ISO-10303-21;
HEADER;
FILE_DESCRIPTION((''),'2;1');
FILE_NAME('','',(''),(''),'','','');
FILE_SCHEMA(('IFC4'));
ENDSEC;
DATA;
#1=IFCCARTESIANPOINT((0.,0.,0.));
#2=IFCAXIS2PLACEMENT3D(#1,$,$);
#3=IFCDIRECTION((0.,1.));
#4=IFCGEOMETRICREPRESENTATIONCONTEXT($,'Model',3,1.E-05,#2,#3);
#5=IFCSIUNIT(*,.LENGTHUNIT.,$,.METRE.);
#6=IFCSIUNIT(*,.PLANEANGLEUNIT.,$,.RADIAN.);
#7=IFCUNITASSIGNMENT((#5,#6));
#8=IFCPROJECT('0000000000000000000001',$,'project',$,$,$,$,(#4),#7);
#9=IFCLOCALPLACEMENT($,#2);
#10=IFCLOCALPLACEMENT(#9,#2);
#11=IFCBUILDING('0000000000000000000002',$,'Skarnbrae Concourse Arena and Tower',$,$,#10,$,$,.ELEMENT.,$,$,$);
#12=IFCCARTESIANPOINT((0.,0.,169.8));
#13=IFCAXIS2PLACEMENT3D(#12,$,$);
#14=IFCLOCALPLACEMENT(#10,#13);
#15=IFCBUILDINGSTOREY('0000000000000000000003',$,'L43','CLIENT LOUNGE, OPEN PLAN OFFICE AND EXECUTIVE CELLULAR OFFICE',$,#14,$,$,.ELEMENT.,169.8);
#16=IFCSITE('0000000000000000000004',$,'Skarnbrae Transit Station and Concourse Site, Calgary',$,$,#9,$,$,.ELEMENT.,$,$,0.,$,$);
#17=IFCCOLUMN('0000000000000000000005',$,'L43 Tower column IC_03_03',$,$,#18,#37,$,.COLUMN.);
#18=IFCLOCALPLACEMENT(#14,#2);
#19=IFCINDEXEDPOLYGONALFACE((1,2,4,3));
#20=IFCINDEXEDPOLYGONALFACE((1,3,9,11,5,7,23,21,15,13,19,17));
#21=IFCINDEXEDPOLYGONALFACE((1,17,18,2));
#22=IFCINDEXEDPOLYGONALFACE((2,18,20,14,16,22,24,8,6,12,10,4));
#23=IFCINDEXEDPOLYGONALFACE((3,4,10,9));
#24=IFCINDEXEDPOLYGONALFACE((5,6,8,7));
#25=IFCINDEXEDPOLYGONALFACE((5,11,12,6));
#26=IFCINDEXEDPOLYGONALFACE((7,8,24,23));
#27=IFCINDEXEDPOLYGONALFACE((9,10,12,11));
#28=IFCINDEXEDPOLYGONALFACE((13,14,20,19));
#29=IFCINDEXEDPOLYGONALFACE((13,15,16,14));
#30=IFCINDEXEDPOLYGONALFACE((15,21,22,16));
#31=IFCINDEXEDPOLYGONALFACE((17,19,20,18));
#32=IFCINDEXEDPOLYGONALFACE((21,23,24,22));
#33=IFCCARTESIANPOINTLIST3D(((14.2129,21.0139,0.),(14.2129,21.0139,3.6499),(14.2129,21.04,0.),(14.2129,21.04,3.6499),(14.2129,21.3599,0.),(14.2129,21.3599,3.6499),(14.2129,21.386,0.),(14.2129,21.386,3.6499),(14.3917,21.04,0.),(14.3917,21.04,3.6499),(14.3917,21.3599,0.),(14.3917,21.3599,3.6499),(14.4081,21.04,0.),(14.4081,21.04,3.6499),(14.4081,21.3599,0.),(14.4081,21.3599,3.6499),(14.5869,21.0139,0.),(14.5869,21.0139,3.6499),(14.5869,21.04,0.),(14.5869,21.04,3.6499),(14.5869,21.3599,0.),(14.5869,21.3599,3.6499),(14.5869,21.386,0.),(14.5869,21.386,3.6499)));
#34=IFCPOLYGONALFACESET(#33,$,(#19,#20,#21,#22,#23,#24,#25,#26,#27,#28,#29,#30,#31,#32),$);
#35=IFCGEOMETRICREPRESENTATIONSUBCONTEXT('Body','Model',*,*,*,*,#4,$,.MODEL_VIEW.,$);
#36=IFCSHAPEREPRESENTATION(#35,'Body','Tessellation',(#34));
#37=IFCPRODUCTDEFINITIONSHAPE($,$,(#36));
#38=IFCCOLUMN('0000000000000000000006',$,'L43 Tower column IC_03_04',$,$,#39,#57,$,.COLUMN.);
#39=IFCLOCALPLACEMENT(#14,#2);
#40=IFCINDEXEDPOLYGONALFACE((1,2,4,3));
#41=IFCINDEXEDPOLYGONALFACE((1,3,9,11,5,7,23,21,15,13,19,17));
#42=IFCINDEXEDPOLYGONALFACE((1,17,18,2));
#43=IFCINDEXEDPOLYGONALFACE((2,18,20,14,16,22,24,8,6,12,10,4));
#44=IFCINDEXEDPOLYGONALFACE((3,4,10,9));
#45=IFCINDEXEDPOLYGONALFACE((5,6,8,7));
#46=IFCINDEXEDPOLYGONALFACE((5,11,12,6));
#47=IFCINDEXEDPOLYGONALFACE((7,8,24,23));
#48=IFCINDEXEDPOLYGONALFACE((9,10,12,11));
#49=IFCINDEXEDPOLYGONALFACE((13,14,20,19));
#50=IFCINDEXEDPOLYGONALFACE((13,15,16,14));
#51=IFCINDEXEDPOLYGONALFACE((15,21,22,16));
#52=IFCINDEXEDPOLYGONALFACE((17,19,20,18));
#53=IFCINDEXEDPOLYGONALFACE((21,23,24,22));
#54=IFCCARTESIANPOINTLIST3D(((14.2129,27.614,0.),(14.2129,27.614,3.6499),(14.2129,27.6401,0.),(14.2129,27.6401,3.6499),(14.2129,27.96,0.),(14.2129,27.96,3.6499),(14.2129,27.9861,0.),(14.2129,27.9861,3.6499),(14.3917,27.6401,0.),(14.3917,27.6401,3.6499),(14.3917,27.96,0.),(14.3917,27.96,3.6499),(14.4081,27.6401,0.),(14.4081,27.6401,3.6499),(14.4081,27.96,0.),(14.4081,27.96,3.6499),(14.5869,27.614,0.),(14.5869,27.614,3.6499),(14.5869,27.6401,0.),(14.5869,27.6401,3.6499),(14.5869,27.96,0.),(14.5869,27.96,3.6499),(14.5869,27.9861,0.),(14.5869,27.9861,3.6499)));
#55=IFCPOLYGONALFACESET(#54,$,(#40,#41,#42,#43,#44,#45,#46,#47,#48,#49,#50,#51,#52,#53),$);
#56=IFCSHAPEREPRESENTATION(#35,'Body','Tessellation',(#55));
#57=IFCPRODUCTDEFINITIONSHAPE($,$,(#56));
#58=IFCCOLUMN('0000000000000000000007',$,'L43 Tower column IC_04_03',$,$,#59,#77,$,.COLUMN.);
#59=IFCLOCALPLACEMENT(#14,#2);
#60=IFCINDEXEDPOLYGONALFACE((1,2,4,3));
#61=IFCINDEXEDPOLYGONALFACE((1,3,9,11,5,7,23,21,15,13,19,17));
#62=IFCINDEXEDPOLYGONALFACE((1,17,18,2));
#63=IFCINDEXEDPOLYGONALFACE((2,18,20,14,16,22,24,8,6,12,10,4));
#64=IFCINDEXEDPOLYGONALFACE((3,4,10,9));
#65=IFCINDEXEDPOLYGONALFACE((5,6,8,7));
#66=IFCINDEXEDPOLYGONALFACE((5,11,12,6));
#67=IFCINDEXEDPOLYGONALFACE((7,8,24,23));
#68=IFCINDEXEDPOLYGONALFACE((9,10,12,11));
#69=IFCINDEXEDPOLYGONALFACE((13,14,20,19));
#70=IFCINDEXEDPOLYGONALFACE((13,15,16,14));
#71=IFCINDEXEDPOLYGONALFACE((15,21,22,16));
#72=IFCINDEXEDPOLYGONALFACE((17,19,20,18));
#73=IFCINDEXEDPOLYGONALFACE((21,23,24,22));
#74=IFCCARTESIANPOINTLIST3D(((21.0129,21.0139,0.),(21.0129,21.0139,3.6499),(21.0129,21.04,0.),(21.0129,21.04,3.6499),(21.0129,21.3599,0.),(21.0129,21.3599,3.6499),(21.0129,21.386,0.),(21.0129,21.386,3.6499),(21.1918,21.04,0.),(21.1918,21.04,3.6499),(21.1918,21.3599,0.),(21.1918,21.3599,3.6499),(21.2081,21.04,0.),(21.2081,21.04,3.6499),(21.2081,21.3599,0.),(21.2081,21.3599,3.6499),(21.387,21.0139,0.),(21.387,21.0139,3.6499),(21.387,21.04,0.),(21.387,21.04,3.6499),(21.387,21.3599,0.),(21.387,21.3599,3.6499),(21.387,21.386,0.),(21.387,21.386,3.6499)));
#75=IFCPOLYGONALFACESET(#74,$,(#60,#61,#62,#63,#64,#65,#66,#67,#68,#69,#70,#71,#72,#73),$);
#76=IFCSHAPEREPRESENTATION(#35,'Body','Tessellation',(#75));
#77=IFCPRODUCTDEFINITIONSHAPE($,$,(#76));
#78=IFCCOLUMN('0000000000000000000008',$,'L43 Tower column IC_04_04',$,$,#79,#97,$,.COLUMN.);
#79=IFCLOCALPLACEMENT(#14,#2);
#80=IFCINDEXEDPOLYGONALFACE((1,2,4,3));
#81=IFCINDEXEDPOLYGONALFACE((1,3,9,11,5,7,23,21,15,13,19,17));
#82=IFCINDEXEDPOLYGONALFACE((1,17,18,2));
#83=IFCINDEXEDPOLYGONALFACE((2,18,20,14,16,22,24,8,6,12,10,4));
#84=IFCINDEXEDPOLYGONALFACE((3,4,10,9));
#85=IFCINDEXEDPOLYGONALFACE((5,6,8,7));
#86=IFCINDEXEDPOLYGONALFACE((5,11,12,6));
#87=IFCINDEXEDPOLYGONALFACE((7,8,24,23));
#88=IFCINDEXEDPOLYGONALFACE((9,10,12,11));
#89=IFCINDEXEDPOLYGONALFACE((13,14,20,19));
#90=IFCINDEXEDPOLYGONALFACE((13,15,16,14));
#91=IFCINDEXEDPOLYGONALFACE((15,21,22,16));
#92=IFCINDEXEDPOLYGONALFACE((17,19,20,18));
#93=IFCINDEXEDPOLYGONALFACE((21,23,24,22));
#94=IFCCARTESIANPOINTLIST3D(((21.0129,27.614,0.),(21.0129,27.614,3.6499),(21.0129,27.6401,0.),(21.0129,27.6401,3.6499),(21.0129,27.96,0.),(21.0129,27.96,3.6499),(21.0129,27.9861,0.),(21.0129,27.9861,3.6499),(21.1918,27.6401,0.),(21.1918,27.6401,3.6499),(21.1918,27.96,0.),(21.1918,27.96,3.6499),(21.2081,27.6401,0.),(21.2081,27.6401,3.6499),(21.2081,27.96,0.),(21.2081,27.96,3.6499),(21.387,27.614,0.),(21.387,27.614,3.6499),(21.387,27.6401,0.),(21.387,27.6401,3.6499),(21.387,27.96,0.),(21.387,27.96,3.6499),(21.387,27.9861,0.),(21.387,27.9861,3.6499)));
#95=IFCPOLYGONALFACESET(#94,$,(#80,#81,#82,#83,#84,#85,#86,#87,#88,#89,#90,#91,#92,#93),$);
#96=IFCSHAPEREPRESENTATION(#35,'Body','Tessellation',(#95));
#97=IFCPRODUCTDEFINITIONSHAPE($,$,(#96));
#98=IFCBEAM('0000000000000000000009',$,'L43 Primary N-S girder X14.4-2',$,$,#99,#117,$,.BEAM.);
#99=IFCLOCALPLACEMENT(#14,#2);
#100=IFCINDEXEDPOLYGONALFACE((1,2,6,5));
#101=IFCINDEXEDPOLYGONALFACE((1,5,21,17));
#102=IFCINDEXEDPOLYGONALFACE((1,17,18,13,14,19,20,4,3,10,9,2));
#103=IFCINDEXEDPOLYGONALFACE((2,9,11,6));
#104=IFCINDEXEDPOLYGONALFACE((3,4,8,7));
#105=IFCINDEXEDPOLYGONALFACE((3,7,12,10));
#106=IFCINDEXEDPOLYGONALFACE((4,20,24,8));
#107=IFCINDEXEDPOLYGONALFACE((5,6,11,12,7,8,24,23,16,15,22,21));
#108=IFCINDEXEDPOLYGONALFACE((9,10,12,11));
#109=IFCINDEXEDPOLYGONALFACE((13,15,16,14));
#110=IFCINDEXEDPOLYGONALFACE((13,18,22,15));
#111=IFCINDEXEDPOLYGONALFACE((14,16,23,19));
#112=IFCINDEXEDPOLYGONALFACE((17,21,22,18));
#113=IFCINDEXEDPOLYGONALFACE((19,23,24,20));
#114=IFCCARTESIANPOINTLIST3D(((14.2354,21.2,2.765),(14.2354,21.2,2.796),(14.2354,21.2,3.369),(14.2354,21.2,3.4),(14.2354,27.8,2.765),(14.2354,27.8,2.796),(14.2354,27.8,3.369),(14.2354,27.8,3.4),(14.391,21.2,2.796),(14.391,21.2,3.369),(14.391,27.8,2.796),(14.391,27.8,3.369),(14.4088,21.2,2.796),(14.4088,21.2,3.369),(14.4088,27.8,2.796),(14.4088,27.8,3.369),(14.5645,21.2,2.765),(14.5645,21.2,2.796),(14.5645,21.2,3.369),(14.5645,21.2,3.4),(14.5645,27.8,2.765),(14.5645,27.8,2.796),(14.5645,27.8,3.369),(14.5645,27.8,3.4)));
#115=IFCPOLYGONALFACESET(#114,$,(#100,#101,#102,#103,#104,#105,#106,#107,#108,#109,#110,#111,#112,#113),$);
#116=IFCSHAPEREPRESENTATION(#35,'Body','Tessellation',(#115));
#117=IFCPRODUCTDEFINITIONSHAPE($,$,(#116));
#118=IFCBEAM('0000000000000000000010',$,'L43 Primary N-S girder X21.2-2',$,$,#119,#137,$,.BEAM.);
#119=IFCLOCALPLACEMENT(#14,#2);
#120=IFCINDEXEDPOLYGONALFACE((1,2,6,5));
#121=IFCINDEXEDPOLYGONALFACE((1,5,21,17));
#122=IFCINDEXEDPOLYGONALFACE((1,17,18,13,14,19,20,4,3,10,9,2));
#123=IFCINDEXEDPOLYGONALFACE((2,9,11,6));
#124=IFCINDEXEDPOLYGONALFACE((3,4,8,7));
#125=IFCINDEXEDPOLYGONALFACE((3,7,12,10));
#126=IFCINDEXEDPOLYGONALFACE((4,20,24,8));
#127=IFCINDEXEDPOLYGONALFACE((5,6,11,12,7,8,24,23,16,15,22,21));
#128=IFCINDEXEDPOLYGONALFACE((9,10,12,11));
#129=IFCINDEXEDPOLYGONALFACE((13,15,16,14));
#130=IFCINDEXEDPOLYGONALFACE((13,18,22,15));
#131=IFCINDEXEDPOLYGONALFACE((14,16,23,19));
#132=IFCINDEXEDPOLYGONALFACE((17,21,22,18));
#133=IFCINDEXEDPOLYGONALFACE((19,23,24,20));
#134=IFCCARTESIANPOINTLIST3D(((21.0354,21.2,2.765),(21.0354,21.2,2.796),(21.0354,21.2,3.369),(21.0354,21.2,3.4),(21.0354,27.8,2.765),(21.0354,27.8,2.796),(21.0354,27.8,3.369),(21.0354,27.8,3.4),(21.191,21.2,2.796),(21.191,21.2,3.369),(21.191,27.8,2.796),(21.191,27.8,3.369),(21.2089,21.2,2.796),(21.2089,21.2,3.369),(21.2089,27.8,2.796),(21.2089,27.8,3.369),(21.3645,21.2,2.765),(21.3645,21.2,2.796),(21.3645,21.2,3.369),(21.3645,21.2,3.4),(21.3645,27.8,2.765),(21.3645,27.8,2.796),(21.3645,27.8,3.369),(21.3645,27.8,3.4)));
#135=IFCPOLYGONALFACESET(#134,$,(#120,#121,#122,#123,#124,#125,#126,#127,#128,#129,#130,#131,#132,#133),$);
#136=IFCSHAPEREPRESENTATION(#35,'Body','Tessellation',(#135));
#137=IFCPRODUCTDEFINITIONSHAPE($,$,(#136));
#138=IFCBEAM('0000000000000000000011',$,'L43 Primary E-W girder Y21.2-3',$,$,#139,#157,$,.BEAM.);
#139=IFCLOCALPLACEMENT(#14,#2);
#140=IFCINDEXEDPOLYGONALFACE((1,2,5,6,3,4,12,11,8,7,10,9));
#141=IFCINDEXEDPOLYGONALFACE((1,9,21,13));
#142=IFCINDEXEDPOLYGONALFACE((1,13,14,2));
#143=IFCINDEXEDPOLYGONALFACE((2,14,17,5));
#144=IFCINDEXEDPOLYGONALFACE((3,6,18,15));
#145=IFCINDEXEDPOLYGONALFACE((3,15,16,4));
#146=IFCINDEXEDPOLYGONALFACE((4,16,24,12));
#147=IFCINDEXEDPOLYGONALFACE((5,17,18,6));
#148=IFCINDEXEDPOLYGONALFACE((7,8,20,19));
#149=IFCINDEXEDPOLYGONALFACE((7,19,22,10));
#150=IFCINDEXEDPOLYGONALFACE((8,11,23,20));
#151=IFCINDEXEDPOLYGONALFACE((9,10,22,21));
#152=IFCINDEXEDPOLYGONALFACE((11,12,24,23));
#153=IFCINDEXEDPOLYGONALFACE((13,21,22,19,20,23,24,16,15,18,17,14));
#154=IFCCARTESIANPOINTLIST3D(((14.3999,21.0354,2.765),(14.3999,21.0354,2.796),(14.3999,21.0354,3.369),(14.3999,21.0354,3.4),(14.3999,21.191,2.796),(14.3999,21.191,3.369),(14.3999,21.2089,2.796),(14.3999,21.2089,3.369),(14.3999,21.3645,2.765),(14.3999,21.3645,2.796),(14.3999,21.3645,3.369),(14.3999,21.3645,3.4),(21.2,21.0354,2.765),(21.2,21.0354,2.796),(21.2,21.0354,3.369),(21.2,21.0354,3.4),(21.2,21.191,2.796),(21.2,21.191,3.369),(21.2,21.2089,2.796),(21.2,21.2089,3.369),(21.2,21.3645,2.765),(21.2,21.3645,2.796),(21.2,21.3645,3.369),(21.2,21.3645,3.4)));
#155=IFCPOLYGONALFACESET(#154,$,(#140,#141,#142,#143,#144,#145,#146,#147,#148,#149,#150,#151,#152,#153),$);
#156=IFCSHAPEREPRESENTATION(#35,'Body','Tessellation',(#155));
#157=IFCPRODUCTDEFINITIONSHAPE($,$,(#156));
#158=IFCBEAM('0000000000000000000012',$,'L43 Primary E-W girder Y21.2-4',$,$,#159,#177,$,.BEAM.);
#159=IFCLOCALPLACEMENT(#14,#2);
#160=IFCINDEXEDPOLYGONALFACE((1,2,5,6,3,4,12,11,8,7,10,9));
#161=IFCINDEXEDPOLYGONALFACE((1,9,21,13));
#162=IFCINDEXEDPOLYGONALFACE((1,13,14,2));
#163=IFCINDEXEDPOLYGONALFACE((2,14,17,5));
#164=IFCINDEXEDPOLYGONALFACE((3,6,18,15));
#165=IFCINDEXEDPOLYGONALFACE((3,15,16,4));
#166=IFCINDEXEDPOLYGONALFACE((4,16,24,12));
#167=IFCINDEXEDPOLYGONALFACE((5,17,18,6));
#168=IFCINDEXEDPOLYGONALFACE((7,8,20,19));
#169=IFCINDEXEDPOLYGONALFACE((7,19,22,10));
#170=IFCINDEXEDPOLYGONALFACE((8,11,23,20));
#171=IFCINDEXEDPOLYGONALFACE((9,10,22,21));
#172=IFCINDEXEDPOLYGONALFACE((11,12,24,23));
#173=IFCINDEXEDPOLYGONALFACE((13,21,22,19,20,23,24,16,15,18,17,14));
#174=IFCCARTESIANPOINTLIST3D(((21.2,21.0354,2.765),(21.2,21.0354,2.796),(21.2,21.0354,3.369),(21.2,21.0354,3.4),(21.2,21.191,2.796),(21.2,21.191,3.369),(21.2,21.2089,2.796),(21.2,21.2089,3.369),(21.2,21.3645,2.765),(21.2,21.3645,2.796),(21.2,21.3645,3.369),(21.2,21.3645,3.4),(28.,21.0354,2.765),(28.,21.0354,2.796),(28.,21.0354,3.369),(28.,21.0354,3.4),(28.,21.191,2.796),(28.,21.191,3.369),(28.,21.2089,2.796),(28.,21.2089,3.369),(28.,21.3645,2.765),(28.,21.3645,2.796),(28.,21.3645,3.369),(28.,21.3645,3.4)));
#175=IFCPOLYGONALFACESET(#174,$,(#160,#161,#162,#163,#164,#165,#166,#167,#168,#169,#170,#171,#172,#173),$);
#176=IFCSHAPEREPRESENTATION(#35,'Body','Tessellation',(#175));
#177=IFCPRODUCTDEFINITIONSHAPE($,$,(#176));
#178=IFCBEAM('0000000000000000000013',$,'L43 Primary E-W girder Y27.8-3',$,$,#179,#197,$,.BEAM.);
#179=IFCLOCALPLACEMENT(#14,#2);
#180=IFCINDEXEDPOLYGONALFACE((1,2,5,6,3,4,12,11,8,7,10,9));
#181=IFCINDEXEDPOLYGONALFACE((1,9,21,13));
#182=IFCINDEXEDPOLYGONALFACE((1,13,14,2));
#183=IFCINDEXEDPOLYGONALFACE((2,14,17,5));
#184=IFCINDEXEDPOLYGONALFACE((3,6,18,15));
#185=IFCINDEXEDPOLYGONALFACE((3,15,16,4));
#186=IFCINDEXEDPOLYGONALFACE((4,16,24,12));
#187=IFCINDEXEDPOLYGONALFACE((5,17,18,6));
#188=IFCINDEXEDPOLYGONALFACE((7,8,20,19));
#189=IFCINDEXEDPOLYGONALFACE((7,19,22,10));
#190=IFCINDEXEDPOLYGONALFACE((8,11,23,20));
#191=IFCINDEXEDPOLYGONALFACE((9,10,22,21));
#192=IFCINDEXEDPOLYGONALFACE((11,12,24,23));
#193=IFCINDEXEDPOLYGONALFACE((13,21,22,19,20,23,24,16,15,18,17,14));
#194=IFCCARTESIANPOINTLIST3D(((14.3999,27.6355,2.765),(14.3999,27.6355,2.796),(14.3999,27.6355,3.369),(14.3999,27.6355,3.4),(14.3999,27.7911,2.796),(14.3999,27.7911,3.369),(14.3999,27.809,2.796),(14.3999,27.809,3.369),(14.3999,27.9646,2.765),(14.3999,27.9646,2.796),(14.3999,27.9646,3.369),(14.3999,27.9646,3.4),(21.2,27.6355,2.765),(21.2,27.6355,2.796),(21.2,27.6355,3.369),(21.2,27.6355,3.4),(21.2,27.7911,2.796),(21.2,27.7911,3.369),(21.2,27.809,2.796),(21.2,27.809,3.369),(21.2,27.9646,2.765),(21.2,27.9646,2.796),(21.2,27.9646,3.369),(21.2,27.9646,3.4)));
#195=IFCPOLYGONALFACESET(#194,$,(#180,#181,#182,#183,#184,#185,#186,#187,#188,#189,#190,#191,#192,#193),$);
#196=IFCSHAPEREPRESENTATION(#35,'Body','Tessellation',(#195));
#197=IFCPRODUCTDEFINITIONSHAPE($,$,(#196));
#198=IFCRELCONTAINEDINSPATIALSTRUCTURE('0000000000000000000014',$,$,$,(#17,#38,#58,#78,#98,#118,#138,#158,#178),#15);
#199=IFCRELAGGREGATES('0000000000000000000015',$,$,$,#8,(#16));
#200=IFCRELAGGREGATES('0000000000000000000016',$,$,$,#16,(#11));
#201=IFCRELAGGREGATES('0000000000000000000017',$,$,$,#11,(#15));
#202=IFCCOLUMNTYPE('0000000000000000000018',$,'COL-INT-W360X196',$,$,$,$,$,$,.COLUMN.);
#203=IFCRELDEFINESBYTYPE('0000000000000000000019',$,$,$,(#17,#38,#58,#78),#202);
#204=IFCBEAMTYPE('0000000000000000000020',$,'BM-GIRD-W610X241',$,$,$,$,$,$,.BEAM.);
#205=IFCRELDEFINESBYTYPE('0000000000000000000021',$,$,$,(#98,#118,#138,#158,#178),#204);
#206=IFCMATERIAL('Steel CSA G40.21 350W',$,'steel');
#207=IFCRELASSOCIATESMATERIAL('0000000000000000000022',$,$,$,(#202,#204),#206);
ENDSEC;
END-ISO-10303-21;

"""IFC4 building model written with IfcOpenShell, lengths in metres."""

from ifc_helpers import new_model, si_unit, direction, frame, origin, origin_2d, place, context, subcontext, project, spatial, i_section, extrude, source, transform, mapped, material, material_profile, profile_set, type_object, element, save


model = new_model("IFC4")

# Units and contexts
model_context = context("Model", 3, precision=1e-05, world=origin(), true_north=direction((0.0, 1.0)))
body_context = subcontext(model_context, "Body", "Model", "MODEL_VIEW")
ifc_project = project(units=[si_unit("LENGTHUNIT", "METRE"), si_unit("PLANEANGLEUNIT", "RADIAN")], contexts=[model_context])

# Site, building, storey
site_placement = place(None, origin())
site = spatial("IfcSite", under=ifc_project, at=site_placement, Name="Skarnbrae Transit Station and Concourse Site, Calgary", CompositionType="ELEMENT", RefElevation=0.0)
building_placement = place(site_placement, origin())
building = spatial("IfcBuilding", under=site, at=building_placement, Name="Skarnbrae Concourse Arena and Tower", CompositionType="ELEMENT")
storey_placement = place(building_placement, frame((0.0, 0.0, 169.8)))
storey = spatial("IfcBuildingStorey", under=building, at=storey_placement, Name="L43", Description="CLIENT LOUNGE, OPEN PLAN OFFICE AND EXECUTIVE CELLULAR OFFICE", CompositionType="ELEMENT", Elevation=169.8)

# Columns
ifc_material = material(Name="Steel CSA G40.21 350W", Category="steel")
ifc_material_profile_1 = material_profile(ifc_material, i_section(OverallWidth=0.374, OverallDepth=0.3721, WebThickness=0.0164, FlangeThickness=0.0261, at=origin_2d()), Name="W360X196")
ifc_profile_set_1 = profile_set([ifc_material_profile_1], Name="Steel CSA G40.21 350W")
column_type = type_object("IfcColumnType", Name="COL-INT-W360X196", PredefinedType="COLUMN", material=ifc_profile_set_1)
shared_shape_1 = source(origin(), body_context, "Body", "SweptSolid", [
    extrude(i_section(OverallWidth=0.374, OverallDepth=0.3721, WebThickness=0.0164, FlangeThickness=0.0261, at=origin_2d()), origin(), (0.0, 0.0, 1.0), 3.6499),
])
for number, where, z_axis, x_axis, name in (
    (1, (14.3999, 21.2, 0.0), (0.0, 0.0, 1.0), (1.0, 0.0, 0.0), "L43 Tower column IC_03_03"),
    (2, (14.3999, 27.8, 0.0), (0.0, 0.0, 1.0), (1.0, 0.0, 0.0), "L43 Tower column IC_03_04"),
    (3, (21.2, 21.2, 0.0), (0.0, 0.0, 1.0), (1.0, 0.0, 0.0), "L43 Tower column IC_04_03"),
    (4, (21.2, 27.8, 0.0), (0.0, 0.0, 1.0), (1.0, 0.0, 0.0), "L43 Tower column IC_04_04"),
):
    element("IfcColumn", number, at=place(storey_placement, frame(where, z_axis=z_axis, x_axis=x_axis)), inside=storey, type_object=column_type, Name=name, PredefinedType="COLUMN", context=body_context, shape_type="MappedRepresentation", body=[
        mapped(shared_shape_1, transform((0.0, 0.0, 0.0))),
    ])

# Beams
ifc_material_profile_2 = material_profile(ifc_material, i_section(OverallWidth=0.3291, OverallDepth=0.635, WebThickness=0.0178, FlangeThickness=0.031, at=origin_2d()), Name="W610X241")
ifc_profile_set_2 = profile_set([ifc_material_profile_2], Name="Steel CSA G40.21 350W")
beam_type_1 = type_object("IfcBeamType", Name="BM-GIRD-W610X241", PredefinedType="BEAM", material=ifc_profile_set_2)
shared_shape_2 = source(origin(), body_context, "Body", "SweptSolid", [
    extrude(i_section(OverallWidth=0.3291, OverallDepth=0.635, WebThickness=0.0178, FlangeThickness=0.031, at=origin_2d()), origin(), (0.0, 0.0, 1.0), 6.6001),
])
for number, where, z_axis, x_axis, name in (
    (5, (14.3999, 21.2, 3.0825), (0.0, 1.0, 0.0), (-1.0, 0.0, 0.0), "L43 Primary N-S girder X14.4-2"),
    (6, (21.2, 21.2, 3.0825), (0.0, 1.0, 0.0), (-1.0, 0.0, 0.0), "L43 Primary N-S girder X21.2-2"),
):
    element("IfcBeam", number, at=place(storey_placement, frame(where, z_axis=z_axis, x_axis=x_axis)), inside=storey, type_object=beam_type_1, Name=name, PredefinedType="BEAM", context=body_context, shape_type="MappedRepresentation", body=[
        mapped(shared_shape_2, transform((0.0, 0.0, 0.0))),
    ])
shared_shape_3 = source(origin(), body_context, "Body", "SweptSolid", [
    extrude(i_section(OverallWidth=0.3291, OverallDepth=0.635, WebThickness=0.0178, FlangeThickness=0.031, at=origin_2d()), origin(), (0.0, 0.0, 1.0), 6.8),
])
for number, where, z_axis, x_axis, name in (
    (7, (14.3999, 21.2, 3.0825), (1.0, 0.0, 0.0), (0.0, 1.0, 0.0), "L43 Primary E-W girder Y21.2-3"),
    (8, (21.2, 21.2, 3.0825), (1.0, 0.0, 0.0), (0.0, 1.0, 0.0), "L43 Primary E-W girder Y21.2-4"),
    (9, (14.3999, 27.8, 3.0825), (1.0, 0.0, 0.0), (0.0, 1.0, 0.0), "L43 Primary E-W girder Y27.8-3"),
):
    element("IfcBeam", number, at=place(storey_placement, frame(where, z_axis=z_axis, x_axis=x_axis)), inside=storey, type_object=beam_type_1, Name=name, PredefinedType="BEAM", context=body_context, shape_type="MappedRepresentation", body=[
        mapped(shared_shape_3, transform((0.0, 0.0, 0.0))),
    ])

save(model, "model.ifc")
